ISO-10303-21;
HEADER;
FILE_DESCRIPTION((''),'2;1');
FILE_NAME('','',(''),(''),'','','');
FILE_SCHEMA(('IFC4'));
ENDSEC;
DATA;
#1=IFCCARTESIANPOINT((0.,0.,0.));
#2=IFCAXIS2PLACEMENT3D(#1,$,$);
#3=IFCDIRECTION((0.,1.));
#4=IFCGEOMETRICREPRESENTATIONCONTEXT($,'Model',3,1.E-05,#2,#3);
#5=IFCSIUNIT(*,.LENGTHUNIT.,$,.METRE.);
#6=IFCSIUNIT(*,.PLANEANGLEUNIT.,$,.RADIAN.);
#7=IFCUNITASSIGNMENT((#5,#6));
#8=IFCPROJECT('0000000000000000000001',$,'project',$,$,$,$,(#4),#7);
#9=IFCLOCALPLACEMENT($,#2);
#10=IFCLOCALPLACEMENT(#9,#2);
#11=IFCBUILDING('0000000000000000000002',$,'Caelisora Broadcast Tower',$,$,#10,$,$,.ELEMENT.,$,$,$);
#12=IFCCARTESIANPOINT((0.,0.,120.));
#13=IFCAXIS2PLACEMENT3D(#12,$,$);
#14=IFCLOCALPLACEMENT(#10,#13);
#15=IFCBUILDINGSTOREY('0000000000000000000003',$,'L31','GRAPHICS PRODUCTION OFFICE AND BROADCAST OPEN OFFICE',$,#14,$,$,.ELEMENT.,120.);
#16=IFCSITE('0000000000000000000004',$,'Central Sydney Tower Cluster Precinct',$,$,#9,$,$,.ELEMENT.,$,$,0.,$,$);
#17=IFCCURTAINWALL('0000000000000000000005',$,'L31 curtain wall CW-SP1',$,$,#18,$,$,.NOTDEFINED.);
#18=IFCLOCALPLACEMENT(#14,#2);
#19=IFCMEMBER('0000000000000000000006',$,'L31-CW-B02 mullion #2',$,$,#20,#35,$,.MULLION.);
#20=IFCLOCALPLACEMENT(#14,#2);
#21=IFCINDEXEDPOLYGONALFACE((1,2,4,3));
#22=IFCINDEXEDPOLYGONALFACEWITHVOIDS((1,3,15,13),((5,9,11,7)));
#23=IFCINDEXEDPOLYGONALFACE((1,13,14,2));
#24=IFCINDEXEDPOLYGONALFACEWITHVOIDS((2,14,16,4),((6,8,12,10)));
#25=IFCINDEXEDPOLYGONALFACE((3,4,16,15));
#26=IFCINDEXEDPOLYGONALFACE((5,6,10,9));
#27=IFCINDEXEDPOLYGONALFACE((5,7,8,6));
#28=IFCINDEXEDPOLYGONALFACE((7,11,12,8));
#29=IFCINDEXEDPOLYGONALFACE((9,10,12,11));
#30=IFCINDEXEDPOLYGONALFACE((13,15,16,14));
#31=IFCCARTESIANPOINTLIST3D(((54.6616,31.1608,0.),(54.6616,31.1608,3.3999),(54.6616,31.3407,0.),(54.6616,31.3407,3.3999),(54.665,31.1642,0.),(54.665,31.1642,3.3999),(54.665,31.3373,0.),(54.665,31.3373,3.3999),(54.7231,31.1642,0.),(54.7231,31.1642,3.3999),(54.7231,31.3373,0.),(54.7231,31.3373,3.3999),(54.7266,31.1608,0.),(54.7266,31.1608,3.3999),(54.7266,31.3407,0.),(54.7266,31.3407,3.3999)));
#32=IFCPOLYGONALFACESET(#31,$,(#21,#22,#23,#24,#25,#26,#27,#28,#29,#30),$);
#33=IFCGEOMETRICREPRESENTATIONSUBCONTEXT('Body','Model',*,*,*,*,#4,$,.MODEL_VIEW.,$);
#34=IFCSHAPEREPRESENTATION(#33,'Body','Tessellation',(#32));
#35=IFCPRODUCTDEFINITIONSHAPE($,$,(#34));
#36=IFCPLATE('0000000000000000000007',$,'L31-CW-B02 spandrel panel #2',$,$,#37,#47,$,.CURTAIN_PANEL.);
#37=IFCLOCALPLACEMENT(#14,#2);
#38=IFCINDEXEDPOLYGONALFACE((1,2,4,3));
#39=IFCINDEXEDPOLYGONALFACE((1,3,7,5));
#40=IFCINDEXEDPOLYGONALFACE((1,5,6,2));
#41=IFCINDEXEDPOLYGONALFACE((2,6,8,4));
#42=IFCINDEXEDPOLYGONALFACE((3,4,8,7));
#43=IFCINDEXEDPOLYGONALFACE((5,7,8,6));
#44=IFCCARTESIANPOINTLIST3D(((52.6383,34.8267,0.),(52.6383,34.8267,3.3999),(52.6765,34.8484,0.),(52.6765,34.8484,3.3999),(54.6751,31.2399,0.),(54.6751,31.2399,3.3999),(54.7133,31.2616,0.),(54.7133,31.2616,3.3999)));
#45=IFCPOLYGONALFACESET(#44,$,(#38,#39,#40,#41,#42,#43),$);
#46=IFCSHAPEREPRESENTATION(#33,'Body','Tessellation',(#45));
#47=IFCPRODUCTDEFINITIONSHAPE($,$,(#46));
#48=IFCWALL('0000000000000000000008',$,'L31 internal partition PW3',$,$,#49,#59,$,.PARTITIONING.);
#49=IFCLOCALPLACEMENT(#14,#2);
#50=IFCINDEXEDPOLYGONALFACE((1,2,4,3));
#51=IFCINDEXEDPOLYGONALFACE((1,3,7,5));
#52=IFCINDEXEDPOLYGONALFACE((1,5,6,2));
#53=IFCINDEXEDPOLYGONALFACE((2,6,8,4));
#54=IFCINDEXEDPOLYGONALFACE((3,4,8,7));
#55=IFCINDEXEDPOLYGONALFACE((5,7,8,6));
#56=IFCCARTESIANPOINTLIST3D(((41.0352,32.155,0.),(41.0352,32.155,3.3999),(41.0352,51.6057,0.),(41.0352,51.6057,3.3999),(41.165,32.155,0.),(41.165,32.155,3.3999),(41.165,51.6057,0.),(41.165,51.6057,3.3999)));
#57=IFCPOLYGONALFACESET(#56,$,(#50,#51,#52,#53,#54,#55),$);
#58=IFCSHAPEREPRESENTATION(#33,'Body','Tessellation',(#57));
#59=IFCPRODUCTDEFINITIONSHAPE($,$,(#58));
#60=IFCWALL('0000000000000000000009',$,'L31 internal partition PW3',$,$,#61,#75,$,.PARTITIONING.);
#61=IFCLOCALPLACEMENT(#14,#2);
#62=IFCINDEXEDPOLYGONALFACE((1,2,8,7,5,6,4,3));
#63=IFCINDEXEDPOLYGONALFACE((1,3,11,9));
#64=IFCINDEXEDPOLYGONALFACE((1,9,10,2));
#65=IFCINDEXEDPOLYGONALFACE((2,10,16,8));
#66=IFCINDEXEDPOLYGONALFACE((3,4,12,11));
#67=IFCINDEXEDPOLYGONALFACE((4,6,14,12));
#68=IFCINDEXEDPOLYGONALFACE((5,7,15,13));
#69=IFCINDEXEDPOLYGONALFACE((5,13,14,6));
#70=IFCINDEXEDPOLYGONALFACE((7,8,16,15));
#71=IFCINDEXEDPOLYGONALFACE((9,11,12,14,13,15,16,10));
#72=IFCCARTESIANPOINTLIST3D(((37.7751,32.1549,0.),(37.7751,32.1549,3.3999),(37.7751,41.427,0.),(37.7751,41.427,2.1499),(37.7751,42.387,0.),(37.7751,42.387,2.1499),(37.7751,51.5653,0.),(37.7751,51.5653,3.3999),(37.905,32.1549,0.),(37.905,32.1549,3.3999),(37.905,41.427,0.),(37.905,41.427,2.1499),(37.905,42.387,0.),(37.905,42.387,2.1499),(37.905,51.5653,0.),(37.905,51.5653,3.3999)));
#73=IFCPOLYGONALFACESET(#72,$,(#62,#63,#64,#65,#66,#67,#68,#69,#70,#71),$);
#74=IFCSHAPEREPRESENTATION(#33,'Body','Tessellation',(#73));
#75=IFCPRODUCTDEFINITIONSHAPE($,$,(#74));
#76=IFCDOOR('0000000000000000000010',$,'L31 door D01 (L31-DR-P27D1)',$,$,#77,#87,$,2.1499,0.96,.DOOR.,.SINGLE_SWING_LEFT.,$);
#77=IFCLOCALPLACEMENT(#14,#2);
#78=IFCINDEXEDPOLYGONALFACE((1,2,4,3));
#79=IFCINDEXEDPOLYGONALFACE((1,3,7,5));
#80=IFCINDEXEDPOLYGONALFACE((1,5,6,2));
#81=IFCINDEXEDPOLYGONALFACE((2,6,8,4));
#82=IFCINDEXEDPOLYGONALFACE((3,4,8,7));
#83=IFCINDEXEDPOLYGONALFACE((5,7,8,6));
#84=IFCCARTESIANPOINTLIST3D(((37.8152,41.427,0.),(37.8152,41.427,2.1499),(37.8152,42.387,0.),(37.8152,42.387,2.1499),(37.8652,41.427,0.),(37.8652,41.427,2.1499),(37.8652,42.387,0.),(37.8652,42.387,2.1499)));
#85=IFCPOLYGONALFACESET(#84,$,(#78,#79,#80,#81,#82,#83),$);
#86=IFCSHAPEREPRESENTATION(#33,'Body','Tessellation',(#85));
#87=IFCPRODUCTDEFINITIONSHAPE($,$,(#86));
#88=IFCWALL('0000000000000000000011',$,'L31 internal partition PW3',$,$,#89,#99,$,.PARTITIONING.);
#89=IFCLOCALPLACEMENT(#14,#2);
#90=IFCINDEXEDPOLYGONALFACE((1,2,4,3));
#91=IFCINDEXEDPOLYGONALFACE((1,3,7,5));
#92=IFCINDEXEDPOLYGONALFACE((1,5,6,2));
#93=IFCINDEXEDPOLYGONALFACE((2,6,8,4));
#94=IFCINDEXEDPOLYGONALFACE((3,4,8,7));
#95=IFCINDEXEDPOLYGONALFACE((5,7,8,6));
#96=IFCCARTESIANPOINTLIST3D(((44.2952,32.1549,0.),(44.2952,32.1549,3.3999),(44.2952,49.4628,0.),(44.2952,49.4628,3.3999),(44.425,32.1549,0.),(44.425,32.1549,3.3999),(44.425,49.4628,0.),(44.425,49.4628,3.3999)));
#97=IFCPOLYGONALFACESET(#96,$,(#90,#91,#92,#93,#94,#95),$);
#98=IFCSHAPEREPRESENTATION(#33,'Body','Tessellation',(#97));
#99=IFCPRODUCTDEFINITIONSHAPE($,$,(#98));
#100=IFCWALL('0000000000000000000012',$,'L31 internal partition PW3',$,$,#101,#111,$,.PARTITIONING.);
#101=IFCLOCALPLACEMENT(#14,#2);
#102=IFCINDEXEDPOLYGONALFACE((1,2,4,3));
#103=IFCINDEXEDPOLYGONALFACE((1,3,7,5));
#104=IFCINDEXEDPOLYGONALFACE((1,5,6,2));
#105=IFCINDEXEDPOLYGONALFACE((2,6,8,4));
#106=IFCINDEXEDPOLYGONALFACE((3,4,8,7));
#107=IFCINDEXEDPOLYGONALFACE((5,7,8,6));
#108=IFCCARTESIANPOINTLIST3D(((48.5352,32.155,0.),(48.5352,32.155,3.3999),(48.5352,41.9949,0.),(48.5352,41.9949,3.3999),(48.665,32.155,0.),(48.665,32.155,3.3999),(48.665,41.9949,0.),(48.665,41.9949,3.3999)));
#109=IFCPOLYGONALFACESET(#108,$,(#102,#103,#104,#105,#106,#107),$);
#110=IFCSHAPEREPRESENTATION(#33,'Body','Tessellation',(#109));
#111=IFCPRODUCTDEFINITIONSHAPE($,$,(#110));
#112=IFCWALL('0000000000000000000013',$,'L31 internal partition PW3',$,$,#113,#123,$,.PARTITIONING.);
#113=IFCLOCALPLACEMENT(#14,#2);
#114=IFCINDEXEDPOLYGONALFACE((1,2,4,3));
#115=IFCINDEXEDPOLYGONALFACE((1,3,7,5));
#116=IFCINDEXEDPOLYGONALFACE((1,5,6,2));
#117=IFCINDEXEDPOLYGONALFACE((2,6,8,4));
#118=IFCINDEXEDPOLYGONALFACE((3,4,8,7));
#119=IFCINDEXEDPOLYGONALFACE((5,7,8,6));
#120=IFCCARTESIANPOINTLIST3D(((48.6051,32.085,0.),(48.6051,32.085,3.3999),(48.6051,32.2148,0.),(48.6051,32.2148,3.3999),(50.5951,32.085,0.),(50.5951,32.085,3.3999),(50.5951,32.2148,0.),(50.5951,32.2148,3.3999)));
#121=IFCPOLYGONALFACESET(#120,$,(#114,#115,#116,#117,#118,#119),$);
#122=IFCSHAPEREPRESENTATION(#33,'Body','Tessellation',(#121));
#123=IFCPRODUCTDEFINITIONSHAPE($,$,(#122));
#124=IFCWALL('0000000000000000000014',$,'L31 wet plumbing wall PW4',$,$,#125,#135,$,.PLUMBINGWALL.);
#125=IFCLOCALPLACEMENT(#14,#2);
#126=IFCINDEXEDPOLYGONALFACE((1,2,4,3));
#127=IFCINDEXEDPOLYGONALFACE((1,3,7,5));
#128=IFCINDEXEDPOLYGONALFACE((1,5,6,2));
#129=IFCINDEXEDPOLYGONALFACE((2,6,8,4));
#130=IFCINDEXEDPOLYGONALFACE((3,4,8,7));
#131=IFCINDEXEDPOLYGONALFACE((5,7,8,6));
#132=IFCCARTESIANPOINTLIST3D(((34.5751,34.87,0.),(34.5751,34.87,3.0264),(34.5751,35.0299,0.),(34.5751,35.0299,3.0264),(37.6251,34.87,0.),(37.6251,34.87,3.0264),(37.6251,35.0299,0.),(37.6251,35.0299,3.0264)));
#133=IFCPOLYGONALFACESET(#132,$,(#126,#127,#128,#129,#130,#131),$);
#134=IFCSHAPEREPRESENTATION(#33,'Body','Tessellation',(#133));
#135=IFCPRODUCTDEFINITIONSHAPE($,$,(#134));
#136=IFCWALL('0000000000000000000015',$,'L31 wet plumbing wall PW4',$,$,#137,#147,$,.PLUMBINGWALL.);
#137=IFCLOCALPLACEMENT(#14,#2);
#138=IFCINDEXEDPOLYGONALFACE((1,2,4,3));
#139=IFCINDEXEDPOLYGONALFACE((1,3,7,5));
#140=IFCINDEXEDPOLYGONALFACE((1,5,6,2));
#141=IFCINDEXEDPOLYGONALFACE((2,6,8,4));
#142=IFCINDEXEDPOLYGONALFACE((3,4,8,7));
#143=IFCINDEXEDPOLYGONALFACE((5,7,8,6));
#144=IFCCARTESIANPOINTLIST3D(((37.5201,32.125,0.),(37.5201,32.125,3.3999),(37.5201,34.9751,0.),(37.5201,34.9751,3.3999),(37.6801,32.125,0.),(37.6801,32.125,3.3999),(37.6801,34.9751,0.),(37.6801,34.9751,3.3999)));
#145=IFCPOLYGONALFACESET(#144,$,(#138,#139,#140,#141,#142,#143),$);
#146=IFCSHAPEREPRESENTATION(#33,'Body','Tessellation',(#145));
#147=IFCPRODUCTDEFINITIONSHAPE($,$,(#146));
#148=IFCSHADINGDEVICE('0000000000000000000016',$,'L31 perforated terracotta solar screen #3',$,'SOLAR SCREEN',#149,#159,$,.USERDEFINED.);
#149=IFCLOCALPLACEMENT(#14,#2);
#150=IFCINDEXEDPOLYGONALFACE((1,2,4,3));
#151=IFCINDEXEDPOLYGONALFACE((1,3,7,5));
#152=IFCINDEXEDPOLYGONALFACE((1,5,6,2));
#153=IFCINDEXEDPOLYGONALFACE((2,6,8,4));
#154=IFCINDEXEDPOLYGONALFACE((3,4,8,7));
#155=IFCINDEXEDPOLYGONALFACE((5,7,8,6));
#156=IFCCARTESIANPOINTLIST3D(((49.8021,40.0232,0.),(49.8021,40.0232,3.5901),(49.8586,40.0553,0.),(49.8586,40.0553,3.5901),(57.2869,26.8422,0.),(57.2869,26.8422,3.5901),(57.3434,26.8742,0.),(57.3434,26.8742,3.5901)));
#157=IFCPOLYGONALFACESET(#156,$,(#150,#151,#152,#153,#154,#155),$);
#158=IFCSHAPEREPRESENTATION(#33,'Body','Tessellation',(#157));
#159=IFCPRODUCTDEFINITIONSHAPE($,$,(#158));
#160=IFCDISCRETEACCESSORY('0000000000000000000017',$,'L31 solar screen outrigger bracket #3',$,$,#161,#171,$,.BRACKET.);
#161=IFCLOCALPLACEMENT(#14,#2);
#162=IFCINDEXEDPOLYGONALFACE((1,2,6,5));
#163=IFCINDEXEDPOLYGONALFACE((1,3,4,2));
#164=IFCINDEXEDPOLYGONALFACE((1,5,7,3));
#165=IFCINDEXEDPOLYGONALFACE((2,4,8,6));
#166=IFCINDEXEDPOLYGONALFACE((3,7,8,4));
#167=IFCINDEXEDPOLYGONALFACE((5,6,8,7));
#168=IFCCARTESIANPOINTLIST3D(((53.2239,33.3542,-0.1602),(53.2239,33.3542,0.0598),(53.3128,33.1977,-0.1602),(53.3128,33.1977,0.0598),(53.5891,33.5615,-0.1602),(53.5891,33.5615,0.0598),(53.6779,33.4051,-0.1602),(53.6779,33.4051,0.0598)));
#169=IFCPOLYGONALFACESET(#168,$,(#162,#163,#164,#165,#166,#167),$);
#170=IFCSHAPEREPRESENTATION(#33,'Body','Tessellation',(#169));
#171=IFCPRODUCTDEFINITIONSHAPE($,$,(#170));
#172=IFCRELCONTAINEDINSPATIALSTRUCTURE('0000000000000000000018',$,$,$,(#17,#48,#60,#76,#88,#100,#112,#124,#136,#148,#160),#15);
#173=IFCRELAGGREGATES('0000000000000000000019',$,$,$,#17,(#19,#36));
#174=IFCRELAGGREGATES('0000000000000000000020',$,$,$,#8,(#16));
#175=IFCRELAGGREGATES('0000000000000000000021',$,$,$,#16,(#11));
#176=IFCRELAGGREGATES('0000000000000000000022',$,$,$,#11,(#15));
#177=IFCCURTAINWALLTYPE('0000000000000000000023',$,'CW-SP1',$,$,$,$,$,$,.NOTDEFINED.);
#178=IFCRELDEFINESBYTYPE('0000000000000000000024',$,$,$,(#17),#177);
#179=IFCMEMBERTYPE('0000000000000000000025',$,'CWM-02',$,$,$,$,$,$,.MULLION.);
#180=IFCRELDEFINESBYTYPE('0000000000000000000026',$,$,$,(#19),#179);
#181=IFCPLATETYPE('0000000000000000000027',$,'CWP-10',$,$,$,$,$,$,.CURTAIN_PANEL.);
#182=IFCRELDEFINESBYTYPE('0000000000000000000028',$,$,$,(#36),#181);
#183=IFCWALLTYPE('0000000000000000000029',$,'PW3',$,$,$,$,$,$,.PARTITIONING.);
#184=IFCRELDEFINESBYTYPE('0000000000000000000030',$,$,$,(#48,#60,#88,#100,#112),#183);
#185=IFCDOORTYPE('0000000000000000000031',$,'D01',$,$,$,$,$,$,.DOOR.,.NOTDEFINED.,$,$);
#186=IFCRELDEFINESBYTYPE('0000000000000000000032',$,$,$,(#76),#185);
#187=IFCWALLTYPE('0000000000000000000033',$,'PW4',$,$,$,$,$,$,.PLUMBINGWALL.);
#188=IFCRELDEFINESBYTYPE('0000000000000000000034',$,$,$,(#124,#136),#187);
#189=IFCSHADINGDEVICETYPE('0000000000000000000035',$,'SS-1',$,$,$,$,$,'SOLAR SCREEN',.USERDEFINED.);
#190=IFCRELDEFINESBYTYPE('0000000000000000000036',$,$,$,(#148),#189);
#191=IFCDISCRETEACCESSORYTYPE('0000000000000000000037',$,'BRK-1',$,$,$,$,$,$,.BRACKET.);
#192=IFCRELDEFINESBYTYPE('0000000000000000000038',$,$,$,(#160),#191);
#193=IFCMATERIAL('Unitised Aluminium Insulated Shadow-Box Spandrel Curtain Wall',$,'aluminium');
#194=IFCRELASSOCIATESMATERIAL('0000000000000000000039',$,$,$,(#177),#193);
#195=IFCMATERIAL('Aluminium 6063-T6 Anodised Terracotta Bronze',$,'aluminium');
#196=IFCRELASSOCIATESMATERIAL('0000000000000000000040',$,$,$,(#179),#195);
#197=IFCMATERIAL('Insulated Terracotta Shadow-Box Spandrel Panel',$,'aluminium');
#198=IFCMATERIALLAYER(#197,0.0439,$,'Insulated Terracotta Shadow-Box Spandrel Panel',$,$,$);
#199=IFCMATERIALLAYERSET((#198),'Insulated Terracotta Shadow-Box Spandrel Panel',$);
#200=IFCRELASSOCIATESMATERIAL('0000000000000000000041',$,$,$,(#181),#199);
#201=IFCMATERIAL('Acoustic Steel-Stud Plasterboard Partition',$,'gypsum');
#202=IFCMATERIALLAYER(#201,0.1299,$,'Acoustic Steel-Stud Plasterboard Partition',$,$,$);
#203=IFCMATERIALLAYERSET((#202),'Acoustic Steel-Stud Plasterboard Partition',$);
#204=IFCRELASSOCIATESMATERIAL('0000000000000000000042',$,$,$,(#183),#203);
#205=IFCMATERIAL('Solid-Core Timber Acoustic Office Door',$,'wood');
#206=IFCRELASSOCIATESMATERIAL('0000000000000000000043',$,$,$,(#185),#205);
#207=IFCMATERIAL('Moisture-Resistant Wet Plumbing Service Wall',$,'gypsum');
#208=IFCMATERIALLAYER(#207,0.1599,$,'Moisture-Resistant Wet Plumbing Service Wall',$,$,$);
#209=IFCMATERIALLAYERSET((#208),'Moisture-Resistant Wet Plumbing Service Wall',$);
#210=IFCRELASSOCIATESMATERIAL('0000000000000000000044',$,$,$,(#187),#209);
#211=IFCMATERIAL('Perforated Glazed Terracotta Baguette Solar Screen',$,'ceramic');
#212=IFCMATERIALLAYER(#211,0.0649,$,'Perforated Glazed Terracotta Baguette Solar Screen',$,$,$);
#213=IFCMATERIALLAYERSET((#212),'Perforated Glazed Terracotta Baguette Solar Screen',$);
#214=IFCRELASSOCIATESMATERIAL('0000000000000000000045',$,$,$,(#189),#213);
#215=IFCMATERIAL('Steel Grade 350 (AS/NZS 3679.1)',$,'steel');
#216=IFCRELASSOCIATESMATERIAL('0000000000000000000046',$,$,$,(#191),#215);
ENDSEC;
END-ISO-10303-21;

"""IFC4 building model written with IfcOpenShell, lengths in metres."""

from ifc_helpers import new_model, si_unit, direction, frame, frame_2d, origin, origin_2d, place, context, subcontext, project, spatial, rectangle, hollow_rectangle, extrude, source, transform, mapped, material, layer, layer_set, material_profile, profile_set, type_object, type_shapes, element, fill, aggregate, save


model = new_model("IFC4")

# Units and contexts
model_context = context("Model", 3, precision=1e-05, world=origin(), true_north=direction((0.0, 1.0)))
body_context = subcontext(model_context, "Body", "Model", "MODEL_VIEW")
ifc_project = project(units=[si_unit("LENGTHUNIT", "METRE"), si_unit("PLANEANGLEUNIT", "RADIAN")], contexts=[model_context])

# Site, building, storey
site_placement = place(None, origin())
site = spatial("IfcSite", under=ifc_project, at=site_placement, Name="Central Sydney Tower Cluster Precinct", CompositionType="ELEMENT", RefElevation=0.0)
building_placement = place(site_placement, origin())
building = spatial("IfcBuilding", under=site, at=building_placement, Name="Caelisora Broadcast Tower", CompositionType="ELEMENT")
storey_placement = place(building_placement, frame((0.0, 0.0, 120.0)))
storey = spatial("IfcBuildingStorey", under=building, at=storey_placement, Name="L31", Description="GRAPHICS PRODUCTION OFFICE AND BROADCAST OPEN OFFICE", CompositionType="ELEMENT", Elevation=120.0)

# Shared definitions
ifc_material_1 = material(Name="Steel Grade 350 (AS/NZS 3679.1)", Category="steel")

# Curtain wall, member, plate
ifc_material_2 = material(Name="Unitised Aluminium Insulated Shadow-Box Spandrel Curtain Wall", Category="aluminium")
curtain_wall_type = type_object("IfcCurtainWallType", Name="CW-SP1", PredefinedType="NOTDEFINED", material=ifc_material_2)
curtain_wall_placement = place(storey_placement, origin())
curtain_wall = element("IfcCurtainWall", 1, at=curtain_wall_placement, inside=storey, type_object=curtain_wall_type, Name="L31 curtain wall CW-SP1", PredefinedType="NOTDEFINED")
ifc_material_3 = material(Name="Aluminium 6063-T6 Anodised Terracotta Bronze", Category="aluminium")
ifc_material_profile_1 = material_profile(ifc_material_3, hollow_rectangle(XDim=0.0649, YDim=0.1799, WallThickness=0.0034, at=origin_2d()), Name="Aluminium 6063-T6 Anodised Terracotta Bronze")
ifc_profile_set_1 = profile_set([ifc_material_profile_1], Name="Aluminium 6063-T6 Anodised Terracotta Bronze")
member_type = type_object("IfcMemberType", Name="CWM-02", PredefinedType="MULLION", material=ifc_profile_set_1)
shared_shape_1 = source(origin(), body_context, "Body", "SweptSolid", [
    extrude(hollow_rectangle(XDim=0.0649, YDim=0.1799, WallThickness=0.0034, at=origin_2d()), origin(), (0.0, 0.0, 1.0), 3.3999),
])
type_shapes(member_type, [shared_shape_1])
member_1_placement = place(storey_placement, frame((54.6941, 31.2507, 0.0), z_axis=(0.0, 0.0, 1.0), x_axis=(1.0, 0.0, 0.0)))
member_1 = element("IfcMember", 2, at=member_1_placement, type_object=member_type, Name="L31-CW-B02 mullion #2", PredefinedType="MULLION", context=body_context, shape_type="MappedRepresentation", body=[
    mapped(shared_shape_1, transform((0.0, 0.0, 0.0), scale=1.0)),
])
ifc_material_4 = material(Name="Insulated Terracotta Shadow-Box Spandrel Panel", Category="aluminium")
ifc_layer_1 = layer(ifc_material_4, 0.0439, Name="Insulated Terracotta Shadow-Box Spandrel Panel")
ifc_layer_set_1 = layer_set([ifc_layer_1], Name="Insulated Terracotta Shadow-Box Spandrel Panel")
plate_type = type_object("IfcPlateType", Name="CWP-10", PredefinedType="CURTAIN_PANEL", material=ifc_layer_set_1)
shared_shape_2 = source(origin(), body_context, "Body", "SweptSolid", [
    extrude(rectangle(XDim=4.1248, YDim=0.0439, at=origin_2d()), origin(), (0.0, 0.0, 1.0), 3.3999),
])
type_shapes(plate_type, [shared_shape_2])
plate_placement = place(storey_placement, frame((53.6758, 33.0442, 0.0), z_axis=(0.0, 0.0, 1.0), x_axis=(0.49379, -0.869581, 0.0)))
plate = element("IfcPlate", 3, at=plate_placement, type_object=plate_type, Name="L31-CW-B02 spandrel panel #2", PredefinedType="CURTAIN_PANEL", context=body_context, shape_type="MappedRepresentation", body=[
    mapped(shared_shape_2, transform((0.0, 0.0, 0.0), scale=1.0)),
])
aggregate(curtain_wall, [member_1, plate])

# Wall
ifc_material_5 = material(Name="Acoustic Steel-Stud Plasterboard Partition", Category="gypsum")
ifc_layer_2 = layer(ifc_material_5, 0.1299, Name="Acoustic Steel-Stud Plasterboard Partition")
ifc_layer_set_2 = layer_set([ifc_layer_2], Name="Acoustic Steel-Stud Plasterboard Partition")
wall_type_1 = type_object("IfcWallType", Name="PW3", PredefinedType="PARTITIONING", material=ifc_layer_set_2)
wall_1_placement = place(storey_placement, frame((41.1001, 32.155, 0.0), z_axis=(0.0, 0.0, 1.0), x_axis=(0.0, 1.0, 0.0)))
element("IfcWall", 4, at=wall_1_placement, inside=storey, type_object=wall_type_1, Name="L31 internal partition PW3", PredefinedType="PARTITIONING", context=body_context, shape_type="SweptSolid", body=[
    extrude(rectangle(XDim=19.4507, YDim=0.1299, at=frame_2d((9.7253, 0.0))), origin(), (0.0, 0.0, 1.0), 3.3999),
])

# Wall, opening, door
wall_2_placement = place(storey_placement, frame((37.8401, 32.155, 0.0), z_axis=(0.0, 0.0, 1.0), x_axis=(0.0, 1.0, 0.0)))
wall_2 = element("IfcWall", 5, at=wall_2_placement, inside=storey, type_object=wall_type_1, Name="L31 internal partition PW3", PredefinedType="PARTITIONING", context=body_context, shape_type="SweptSolid", body=[
    extrude(rectangle(XDim=19.4104, YDim=0.1299, at=frame_2d((9.7051, 0.0))), origin(), (0.0, 0.0, 1.0), 3.3999),
])
opening_1_placement = place(wall_2_placement, frame((9.272, 0.0, 0.0)))
opening_1 = element("IfcOpeningElement", 6, at=opening_1_placement, cuts=wall_2, PredefinedType="OPENING", context=body_context, shape_type="SweptSolid", body=[
    extrude(rectangle(XDim=0.96, YDim=2.1499, at=frame_2d((0.48, 1.075))), frame((0.0, 0.0769, 0.0), z_axis=(0.0, -1.0, 0.0), x_axis=(1.0, 0.0, 0.0)), (0.0, 0.0, 1.0), 0.1538),
])
ifc_material_6 = material(Name="Solid-Core Timber Acoustic Office Door", Category="wood")
door_type = type_object("IfcDoorType", Name="D01", OperationType="NOTDEFINED", PredefinedType="DOOR", material=ifc_material_6)
door_1_placement = place(opening_1_placement, origin())
door_1 = element("IfcDoor", 7, at=door_1_placement, inside=storey, type_object=door_type, Name="L31 door D01 (L31-DR-P27D1)", OperationType="SINGLE_SWING_LEFT", OverallHeight=2.1499, OverallWidth=0.96, PredefinedType="DOOR", context=body_context, shape_type="SweptSolid", body=[
    extrude(rectangle(XDim=0.96, YDim=2.1499, at=frame_2d((0.48, 1.075))), frame((0.0, 0.0249, 0.0), z_axis=(0.0, -1.0, 0.0), x_axis=(1.0, 0.0, 0.0)), (0.0, 0.0, 1.0), 0.05),
])
fill(opening_1, door_1)

# Walls
wall_3_placement = place(storey_placement, frame((44.3601, 32.155, 0.0), z_axis=(0.0, 0.0, 1.0), x_axis=(0.0, 1.0, 0.0)))
element("IfcWall", 8, at=wall_3_placement, inside=storey, type_object=wall_type_1, Name="L31 internal partition PW3", PredefinedType="PARTITIONING", context=body_context, shape_type="SweptSolid", body=[
    extrude(rectangle(XDim=17.3079, YDim=0.1299, at=frame_2d((8.6538, 0.0))), origin(), (0.0, 0.0, 1.0), 3.3999),
])
wall_4_placement = place(storey_placement, frame((48.6001, 32.155, 0.0), z_axis=(0.0, 0.0, 1.0), x_axis=(0.0, 1.0, 0.0)))
element("IfcWall", 9, at=wall_4_placement, inside=storey, type_object=wall_type_1, Name="L31 internal partition PW3", PredefinedType="PARTITIONING", context=body_context, shape_type="SweptSolid", body=[
    extrude(rectangle(XDim=9.8398, YDim=0.1299, at=frame_2d((4.9199, 0.0))), origin(), (0.0, 0.0, 1.0), 3.3999),
])

# Walls
wall_5_placement = place(storey_placement, frame((48.605, 32.1499, 0.0), z_axis=(0.0, 0.0, 1.0), x_axis=(1.0, 0.0, 0.0)))
element("IfcWall", 10, at=wall_5_placement, inside=storey, type_object=wall_type_1, Name="L31 internal partition PW3", PredefinedType="PARTITIONING", context=body_context, shape_type="SweptSolid", body=[
    extrude(rectangle(XDim=1.99, YDim=0.1299, at=frame_2d((0.9951, 0.0))), origin(), (0.0, 0.0, 1.0), 3.3999),
])
ifc_material_7 = material(Name="Moisture-Resistant Wet Plumbing Service Wall", Category="gypsum")
ifc_layer_3 = layer(ifc_material_7, 0.1599, Name="Moisture-Resistant Wet Plumbing Service Wall")
ifc_layer_set_3 = layer_set([ifc_layer_3], Name="Moisture-Resistant Wet Plumbing Service Wall")
wall_type_2 = type_object("IfcWallType", Name="PW4", PredefinedType="PLUMBINGWALL", material=ifc_layer_set_3)
wall_6_placement = place(storey_placement, frame((37.625, 34.95, 0.0), z_axis=(0.0, 0.0, 1.0), x_axis=(-1.0, 0.0, 0.0)))
element("IfcWall", 11, at=wall_6_placement, inside=storey, type_object=wall_type_2, Name="L31 wet plumbing wall PW4", PredefinedType="PLUMBINGWALL", context=body_context, shape_type="SweptSolid", body=[
    extrude(rectangle(XDim=3.05, YDim=0.1599, at=frame_2d((1.5249, 0.0))), origin(), (0.0, 0.0, 1.0), 3.0264),
])
wall_7_placement = place(storey_placement, frame((37.6001, 32.125, 0.0), z_axis=(0.0, 0.0, 1.0), x_axis=(0.0, 1.0, 0.0)))
element("IfcWall", 12, at=wall_7_placement, inside=storey, type_object=wall_type_2, Name="L31 wet plumbing wall PW4", PredefinedType="PLUMBINGWALL", context=body_context, shape_type="SweptSolid", body=[
    extrude(rectangle(XDim=2.8501, YDim=0.1599, at=frame_2d((1.425, 0.0))), origin(), (0.0, 0.0, 1.0), 3.3999),
])

# Shading device
ifc_material_8 = material(Name="Perforated Glazed Terracotta Baguette Solar Screen", Category="ceramic")
ifc_layer_4 = layer(ifc_material_8, 0.0649, Name="Perforated Glazed Terracotta Baguette Solar Screen")
ifc_layer_set_4 = layer_set([ifc_layer_4], Name="Perforated Glazed Terracotta Baguette Solar Screen")
shading_device_type = type_object("IfcShadingDeviceType", Name="SS-1", ElementType="SOLAR SCREEN", PredefinedType="USERDEFINED", material=ifc_layer_set_4)
shared_shape_3 = source(origin(), body_context, "Body", "SweptSolid", [
    extrude(rectangle(XDim=15.158, YDim=0.0649, at=origin_2d()), origin(), (0.0, 0.0, 1.0), 3.5901),
])
type_shapes(shading_device_type, [shared_shape_3])
shading_device_placement = place(storey_placement, frame((53.5728, 33.4487, 0.0), z_axis=(0.0, 0.0, 1.0), x_axis=(-0.49379, 0.869581, 0.0)))
element("IfcShadingDevice", 13, at=shading_device_placement, inside=storey, type_object=shading_device_type, Name="L31 perforated terracotta solar screen #3", ObjectType="SOLAR SCREEN", PredefinedType="USERDEFINED", context=body_context, shape_type="MappedRepresentation", body=[
    mapped(shared_shape_3, transform((0.0, 0.0, 0.0), scale=1.0)),
])

# Discrete accessory
discrete_accessory_type = type_object("IfcDiscreteAccessoryType", Name="BRK-1", PredefinedType="BRACKET", material=ifc_material_1)
shared_shape_4 = source(origin(), body_context, "Body", "SweptSolid", [
    extrude(rectangle(XDim=0.1799, YDim=0.4199, at=origin_2d()), origin(), (0.0, 0.0, 1.0), 0.22),
])
type_shapes(discrete_accessory_type, [shared_shape_4])
discrete_accessory_placement = place(storey_placement, frame((53.4509, 33.3796, -0.1602), z_axis=(0.0, 0.0, 1.0), x_axis=(-0.49379, 0.869581, 0.0)))
element("IfcDiscreteAccessory", 14, at=discrete_accessory_placement, inside=storey, type_object=discrete_accessory_type, Name="L31 solar screen outrigger bracket #3", PredefinedType="BRACKET", context=body_context, shape_type="MappedRepresentation", body=[
    mapped(shared_shape_4, transform((0.0, 0.0, 0.0), scale=1.0)),
])

save(model, "model.ifc")
